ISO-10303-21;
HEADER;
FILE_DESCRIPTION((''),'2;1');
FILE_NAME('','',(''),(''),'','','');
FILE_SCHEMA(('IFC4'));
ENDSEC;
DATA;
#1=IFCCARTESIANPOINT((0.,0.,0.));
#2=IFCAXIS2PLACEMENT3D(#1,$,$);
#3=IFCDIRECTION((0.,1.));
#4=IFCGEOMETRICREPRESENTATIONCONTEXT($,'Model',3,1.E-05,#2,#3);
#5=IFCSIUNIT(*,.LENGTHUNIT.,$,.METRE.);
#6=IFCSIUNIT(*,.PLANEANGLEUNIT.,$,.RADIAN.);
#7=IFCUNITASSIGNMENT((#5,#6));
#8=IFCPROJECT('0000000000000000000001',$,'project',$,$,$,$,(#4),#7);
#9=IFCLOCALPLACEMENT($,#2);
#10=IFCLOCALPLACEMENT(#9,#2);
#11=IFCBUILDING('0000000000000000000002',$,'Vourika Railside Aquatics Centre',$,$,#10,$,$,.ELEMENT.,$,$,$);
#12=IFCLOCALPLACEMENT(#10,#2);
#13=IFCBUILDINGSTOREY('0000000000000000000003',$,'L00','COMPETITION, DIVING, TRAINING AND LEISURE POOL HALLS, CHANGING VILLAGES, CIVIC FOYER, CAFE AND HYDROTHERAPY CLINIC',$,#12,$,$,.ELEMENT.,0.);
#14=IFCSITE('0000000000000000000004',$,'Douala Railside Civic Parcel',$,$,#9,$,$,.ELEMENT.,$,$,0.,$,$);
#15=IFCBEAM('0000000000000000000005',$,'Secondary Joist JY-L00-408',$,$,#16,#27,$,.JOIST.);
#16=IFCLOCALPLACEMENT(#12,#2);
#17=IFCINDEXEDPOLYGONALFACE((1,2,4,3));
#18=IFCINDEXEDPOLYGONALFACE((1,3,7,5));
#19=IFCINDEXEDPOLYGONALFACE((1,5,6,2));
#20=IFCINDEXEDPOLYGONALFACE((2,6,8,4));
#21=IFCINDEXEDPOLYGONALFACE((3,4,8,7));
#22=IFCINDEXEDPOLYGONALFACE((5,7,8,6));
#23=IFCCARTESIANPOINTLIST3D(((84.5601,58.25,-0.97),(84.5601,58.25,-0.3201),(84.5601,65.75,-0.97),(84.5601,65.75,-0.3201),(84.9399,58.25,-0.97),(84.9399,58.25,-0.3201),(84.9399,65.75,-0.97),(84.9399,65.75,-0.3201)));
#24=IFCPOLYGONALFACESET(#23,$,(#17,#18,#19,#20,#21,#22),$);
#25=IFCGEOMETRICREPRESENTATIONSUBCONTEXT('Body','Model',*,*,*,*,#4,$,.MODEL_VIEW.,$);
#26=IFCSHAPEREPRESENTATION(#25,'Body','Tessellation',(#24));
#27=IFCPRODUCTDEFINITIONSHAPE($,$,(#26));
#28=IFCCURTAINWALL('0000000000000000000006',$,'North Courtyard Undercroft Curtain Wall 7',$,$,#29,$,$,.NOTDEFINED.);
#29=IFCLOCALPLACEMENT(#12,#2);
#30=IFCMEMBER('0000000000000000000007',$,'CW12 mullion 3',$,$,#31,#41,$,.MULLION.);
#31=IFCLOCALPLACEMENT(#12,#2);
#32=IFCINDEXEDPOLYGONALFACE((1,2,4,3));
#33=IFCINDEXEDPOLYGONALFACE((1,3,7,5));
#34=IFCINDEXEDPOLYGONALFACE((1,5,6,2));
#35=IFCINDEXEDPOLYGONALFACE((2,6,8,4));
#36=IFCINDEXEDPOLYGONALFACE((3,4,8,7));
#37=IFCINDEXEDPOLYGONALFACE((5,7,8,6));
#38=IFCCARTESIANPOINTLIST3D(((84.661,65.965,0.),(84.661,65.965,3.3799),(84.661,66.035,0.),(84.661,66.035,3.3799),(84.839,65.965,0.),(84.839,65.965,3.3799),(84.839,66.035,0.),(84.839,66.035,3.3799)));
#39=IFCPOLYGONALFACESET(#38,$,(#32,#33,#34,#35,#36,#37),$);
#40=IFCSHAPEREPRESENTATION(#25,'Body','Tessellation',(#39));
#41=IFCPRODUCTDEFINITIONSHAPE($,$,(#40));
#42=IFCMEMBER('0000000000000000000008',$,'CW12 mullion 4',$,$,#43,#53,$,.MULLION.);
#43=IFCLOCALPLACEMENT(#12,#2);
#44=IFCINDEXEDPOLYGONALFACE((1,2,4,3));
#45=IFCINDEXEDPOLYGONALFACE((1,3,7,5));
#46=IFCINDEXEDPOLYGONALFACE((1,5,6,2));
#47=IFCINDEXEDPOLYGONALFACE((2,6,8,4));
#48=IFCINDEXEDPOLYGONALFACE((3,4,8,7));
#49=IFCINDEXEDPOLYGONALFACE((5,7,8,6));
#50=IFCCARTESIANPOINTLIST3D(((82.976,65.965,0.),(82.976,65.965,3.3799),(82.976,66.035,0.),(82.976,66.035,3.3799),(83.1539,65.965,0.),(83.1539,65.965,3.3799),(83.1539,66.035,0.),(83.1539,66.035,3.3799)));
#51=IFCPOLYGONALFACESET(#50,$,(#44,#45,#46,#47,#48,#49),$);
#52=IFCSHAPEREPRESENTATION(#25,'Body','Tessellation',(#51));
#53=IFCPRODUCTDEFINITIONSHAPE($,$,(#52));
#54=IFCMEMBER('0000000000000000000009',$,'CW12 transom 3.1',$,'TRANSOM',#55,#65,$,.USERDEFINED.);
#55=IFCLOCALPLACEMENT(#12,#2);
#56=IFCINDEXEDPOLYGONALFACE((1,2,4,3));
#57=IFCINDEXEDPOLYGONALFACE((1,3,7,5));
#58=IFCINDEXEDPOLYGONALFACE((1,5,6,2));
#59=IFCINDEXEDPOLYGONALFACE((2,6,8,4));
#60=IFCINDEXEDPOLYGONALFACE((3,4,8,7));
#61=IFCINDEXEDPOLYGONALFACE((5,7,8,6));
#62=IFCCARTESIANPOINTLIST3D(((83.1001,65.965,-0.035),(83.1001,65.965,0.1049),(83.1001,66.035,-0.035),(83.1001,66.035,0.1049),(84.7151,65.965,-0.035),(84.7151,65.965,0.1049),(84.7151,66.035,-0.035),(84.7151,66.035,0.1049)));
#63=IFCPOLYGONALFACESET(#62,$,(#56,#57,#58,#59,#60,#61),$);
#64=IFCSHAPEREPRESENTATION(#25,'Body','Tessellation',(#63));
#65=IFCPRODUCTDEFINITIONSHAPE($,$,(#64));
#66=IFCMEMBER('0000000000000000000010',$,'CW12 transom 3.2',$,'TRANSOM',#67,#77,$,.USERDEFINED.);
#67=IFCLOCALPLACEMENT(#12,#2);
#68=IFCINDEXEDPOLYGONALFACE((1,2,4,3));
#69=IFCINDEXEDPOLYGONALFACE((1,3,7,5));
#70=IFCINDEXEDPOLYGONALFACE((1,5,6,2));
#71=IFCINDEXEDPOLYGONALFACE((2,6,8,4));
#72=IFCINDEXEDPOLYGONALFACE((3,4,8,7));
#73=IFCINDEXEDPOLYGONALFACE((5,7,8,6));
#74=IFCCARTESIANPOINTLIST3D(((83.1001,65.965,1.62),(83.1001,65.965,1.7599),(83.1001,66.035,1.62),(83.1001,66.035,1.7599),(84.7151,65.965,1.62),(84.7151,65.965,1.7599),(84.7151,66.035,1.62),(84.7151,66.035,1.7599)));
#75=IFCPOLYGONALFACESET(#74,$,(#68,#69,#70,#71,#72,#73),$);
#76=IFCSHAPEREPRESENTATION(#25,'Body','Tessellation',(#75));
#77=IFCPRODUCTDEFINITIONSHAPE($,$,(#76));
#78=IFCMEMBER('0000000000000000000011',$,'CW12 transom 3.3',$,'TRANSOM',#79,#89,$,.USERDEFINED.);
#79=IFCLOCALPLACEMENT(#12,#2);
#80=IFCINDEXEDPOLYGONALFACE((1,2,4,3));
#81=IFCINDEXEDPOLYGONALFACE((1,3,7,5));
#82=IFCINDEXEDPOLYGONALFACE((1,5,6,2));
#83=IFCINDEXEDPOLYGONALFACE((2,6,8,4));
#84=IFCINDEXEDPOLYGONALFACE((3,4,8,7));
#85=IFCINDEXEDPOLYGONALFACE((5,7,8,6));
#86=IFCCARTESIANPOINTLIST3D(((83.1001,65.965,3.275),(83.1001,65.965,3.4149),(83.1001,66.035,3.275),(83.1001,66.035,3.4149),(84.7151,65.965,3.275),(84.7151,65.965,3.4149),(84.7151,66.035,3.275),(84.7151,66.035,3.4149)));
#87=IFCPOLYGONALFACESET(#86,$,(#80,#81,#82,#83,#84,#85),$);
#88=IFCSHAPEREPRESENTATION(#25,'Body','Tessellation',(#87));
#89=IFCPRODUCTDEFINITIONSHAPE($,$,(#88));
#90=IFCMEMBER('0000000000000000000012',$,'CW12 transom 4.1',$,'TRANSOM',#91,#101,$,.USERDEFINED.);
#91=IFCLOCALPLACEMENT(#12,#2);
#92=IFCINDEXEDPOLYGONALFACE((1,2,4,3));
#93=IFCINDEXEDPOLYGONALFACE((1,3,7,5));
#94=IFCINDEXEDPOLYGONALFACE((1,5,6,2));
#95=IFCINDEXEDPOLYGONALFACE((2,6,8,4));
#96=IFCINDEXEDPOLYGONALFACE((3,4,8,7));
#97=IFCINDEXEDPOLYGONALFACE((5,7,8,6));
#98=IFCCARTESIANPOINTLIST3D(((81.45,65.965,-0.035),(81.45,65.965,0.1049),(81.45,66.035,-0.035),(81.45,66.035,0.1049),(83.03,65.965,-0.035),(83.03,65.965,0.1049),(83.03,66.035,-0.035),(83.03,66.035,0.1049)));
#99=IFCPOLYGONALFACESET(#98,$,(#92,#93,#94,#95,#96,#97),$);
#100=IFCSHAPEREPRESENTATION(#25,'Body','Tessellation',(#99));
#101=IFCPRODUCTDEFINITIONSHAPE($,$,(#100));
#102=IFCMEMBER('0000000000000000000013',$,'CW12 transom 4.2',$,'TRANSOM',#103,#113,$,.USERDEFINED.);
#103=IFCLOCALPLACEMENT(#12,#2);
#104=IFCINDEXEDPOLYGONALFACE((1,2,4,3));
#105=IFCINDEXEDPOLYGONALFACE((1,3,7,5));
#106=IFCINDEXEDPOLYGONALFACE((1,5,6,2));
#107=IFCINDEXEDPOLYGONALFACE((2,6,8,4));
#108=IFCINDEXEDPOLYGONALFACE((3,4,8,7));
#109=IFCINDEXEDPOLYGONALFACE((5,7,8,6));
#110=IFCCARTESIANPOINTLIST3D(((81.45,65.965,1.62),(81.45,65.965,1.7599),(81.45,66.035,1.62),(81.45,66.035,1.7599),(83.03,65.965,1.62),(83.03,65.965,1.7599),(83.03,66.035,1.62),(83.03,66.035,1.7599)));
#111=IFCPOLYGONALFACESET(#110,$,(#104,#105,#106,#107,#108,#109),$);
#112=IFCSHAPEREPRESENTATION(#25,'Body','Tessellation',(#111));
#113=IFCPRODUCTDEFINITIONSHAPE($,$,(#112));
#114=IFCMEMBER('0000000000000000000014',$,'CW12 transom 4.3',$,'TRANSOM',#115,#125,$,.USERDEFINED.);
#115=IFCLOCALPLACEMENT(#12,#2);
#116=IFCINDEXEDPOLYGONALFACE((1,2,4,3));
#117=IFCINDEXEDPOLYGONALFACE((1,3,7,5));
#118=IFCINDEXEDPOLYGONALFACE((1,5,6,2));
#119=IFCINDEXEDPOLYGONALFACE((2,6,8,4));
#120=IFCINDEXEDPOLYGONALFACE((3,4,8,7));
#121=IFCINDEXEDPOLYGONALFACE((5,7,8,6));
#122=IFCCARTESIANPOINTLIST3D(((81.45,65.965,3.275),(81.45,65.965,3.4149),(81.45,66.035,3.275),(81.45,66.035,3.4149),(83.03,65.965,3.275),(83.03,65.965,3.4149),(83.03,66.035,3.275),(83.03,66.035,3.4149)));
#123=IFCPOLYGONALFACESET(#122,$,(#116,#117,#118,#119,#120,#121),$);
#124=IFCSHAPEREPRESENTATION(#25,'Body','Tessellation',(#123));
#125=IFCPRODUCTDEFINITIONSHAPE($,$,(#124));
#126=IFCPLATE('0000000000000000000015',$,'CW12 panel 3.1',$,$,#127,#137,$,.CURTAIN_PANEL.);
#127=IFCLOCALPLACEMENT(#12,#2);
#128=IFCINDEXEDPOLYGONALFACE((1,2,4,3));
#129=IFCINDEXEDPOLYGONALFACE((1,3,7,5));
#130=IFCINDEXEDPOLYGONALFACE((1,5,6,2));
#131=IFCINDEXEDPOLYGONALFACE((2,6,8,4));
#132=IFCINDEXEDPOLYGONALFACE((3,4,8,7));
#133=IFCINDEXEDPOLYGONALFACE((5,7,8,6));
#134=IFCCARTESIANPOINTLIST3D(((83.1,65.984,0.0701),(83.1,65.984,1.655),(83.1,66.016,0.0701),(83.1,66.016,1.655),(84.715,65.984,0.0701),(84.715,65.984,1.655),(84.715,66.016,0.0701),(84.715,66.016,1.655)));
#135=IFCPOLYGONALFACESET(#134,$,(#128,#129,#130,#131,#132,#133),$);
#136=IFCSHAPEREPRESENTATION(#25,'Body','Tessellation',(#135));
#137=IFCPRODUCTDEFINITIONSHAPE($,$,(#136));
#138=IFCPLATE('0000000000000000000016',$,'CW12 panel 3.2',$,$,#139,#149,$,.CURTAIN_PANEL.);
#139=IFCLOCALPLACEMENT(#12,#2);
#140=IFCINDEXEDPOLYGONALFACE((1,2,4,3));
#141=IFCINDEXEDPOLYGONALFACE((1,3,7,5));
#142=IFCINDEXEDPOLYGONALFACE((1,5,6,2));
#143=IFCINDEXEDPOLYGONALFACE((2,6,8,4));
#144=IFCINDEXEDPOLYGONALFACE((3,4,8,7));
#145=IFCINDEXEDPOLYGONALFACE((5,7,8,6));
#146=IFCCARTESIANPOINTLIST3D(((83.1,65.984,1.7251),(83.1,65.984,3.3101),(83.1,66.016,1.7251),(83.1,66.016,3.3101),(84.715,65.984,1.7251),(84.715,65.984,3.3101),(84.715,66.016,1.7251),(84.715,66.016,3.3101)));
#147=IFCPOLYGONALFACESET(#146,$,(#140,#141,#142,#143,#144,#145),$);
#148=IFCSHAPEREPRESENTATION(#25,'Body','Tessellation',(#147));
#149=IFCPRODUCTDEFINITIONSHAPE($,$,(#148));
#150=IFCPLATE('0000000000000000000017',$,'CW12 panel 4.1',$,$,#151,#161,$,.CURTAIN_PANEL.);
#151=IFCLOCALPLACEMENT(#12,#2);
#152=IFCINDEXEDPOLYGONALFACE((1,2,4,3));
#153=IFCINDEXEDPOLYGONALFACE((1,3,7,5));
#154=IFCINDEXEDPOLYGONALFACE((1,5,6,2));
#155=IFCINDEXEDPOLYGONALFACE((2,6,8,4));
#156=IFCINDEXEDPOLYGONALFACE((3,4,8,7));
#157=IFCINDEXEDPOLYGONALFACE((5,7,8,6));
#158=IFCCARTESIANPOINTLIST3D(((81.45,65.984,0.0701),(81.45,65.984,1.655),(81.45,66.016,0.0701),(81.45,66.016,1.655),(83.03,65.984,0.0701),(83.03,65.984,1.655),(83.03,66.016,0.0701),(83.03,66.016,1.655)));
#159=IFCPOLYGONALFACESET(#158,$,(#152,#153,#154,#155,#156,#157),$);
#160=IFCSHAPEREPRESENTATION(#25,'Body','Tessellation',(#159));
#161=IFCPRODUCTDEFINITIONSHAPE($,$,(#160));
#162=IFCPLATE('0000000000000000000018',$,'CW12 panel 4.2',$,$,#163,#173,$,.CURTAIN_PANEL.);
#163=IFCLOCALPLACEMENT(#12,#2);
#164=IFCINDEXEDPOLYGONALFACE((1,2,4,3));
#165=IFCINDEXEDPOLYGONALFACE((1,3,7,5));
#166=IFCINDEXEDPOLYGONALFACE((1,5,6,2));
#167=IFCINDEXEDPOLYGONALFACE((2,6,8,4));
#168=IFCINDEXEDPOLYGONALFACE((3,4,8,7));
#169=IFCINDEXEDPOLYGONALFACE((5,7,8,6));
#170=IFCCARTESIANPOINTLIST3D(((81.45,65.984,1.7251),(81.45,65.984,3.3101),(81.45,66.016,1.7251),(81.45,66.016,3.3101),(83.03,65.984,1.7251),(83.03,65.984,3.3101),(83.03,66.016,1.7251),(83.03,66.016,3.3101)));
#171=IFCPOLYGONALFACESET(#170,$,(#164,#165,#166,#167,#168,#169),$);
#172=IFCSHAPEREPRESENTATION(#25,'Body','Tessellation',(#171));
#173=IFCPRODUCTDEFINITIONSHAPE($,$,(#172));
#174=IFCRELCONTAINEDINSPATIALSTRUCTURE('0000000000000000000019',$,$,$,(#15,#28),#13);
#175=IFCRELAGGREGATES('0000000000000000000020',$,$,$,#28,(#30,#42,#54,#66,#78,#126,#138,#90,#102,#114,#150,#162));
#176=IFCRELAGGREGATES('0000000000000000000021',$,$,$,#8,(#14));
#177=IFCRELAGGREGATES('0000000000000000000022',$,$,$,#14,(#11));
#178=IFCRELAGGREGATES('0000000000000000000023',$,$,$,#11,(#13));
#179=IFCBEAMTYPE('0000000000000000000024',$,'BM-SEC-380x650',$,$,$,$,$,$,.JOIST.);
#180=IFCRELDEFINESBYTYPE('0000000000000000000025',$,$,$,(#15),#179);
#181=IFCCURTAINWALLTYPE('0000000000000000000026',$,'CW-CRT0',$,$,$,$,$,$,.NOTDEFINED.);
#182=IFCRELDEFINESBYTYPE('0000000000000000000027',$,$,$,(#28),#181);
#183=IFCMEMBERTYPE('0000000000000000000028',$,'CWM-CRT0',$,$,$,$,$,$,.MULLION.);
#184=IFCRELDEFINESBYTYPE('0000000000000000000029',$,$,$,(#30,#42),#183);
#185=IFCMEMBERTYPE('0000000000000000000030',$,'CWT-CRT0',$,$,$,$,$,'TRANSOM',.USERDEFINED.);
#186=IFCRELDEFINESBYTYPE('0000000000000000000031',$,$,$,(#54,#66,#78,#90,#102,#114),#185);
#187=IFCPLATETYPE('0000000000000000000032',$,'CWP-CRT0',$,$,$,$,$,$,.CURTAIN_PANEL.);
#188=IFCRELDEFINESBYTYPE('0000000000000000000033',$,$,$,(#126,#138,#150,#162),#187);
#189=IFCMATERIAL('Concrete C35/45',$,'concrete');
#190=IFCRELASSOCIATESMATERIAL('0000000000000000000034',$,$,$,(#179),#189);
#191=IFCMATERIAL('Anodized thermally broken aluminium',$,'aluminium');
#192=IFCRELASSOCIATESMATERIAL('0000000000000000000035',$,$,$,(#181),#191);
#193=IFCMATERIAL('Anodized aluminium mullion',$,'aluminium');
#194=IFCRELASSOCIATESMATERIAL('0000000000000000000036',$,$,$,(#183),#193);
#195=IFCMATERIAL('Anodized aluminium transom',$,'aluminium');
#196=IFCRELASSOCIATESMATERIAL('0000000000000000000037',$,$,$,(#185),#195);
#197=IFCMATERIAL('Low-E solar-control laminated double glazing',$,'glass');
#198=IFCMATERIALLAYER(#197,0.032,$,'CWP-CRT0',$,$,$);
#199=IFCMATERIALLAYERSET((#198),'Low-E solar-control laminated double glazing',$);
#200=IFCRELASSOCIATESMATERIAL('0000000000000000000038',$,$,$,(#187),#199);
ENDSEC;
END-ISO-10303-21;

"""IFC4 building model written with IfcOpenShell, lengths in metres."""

from ifc_helpers import new_model, si_unit, direction, frame, origin, origin_2d, place, context, subcontext, project, spatial, rectangle, extrude, material, layer, layer_set, material_profile, profile_set, type_object, element, aggregate, save


model = new_model("IFC4")

# Units and contexts
model_context = context("Model", 3, precision=1e-05, world=origin(), true_north=direction((0.0, 1.0)))
body_context = subcontext(model_context, "Body", "Model", "MODEL_VIEW")
ifc_project = project(units=[si_unit("LENGTHUNIT", "METRE"), si_unit("PLANEANGLEUNIT", "RADIAN")], contexts=[model_context])

# Site, building, storey
site_placement = place(None, origin())
site = spatial("IfcSite", under=ifc_project, at=site_placement, Name="Douala Railside Civic Parcel", CompositionType="ELEMENT", RefElevation=0.0)
building_placement = place(site_placement, origin())
building = spatial("IfcBuilding", under=site, at=building_placement, Name="Vourika Railside Aquatics Centre", CompositionType="ELEMENT")
storey_placement = place(building_placement, origin())
storey = spatial("IfcBuildingStorey", under=building, at=storey_placement, Name="L00", Description="COMPETITION, DIVING, TRAINING AND LEISURE POOL HALLS, CHANGING VILLAGES, CIVIC FOYER, CAFE AND HYDROTHERAPY CLINIC", CompositionType="ELEMENT", Elevation=0.0)

# Beam
ifc_material_1 = material(Name="Concrete C35/45", Category="concrete")
ifc_material_profile_1 = material_profile(ifc_material_1, rectangle(XDim=0.3799, YDim=0.6499, at=origin_2d()), Name="RC 380x650")
ifc_profile_set_1 = profile_set([ifc_material_profile_1], Name="Concrete C35/45")
beam_type = type_object("IfcBeamType", Name="BM-SEC-380x650", PredefinedType="JOIST", material=ifc_profile_set_1)
beam_placement = place(storey_placement, frame((84.75, 58.25, -0.645), z_axis=(0.0, 1.0, 0.0), x_axis=(-1.0, 0.0, 0.0)))
element("IfcBeam", 1, at=beam_placement, inside=storey, type_object=beam_type, Name="Secondary Joist JY-L00-408", PredefinedType="JOIST", context=body_context, shape_type="SweptSolid", body=[
    extrude(rectangle(XDim=0.3799, YDim=0.6499, at=origin_2d()), origin(), (0.0, 0.0, 1.0), 7.5),
])

# Curtain wall, members, plates
ifc_material_2 = material(Name="Anodized thermally broken aluminium", Category="aluminium")
curtain_wall_type = type_object("IfcCurtainWallType", Name="CW-CRT0", PredefinedType="NOTDEFINED", material=ifc_material_2)
curtain_wall_placement = place(storey_placement, origin())
curtain_wall = element("IfcCurtainWall", 2, at=curtain_wall_placement, inside=storey, type_object=curtain_wall_type, Name="North Courtyard Undercroft Curtain Wall 7", PredefinedType="NOTDEFINED")
ifc_material_3 = material(Name="Anodized aluminium mullion", Category="aluminium")
ifc_material_profile_2 = material_profile(ifc_material_3, rectangle(XDim=0.0701, YDim=0.178, at=origin_2d()), Name="ALU-M 70x178")
ifc_profile_set_2 = profile_set([ifc_material_profile_2], Name="Anodized aluminium mullion")
member_type_1 = type_object("IfcMemberType", Name="CWM-CRT0", PredefinedType="MULLION", material=ifc_profile_set_2)
member_1_placement = place(storey_placement, frame((84.75, 66.0, 0.0), z_axis=(0.0, 0.0, 1.0), x_axis=(0.0, -1.0, 0.0)))
member_1 = element("IfcMember", 3, at=member_1_placement, type_object=member_type_1, Name="CW12 mullion 3", PredefinedType="MULLION", context=body_context, shape_type="SweptSolid", body=[
    extrude(rectangle(XDim=0.0701, YDim=0.178, at=origin_2d()), origin(), (0.0, 0.0, 1.0), 3.3799),
])
member_2_placement = place(storey_placement, frame((83.0649, 66.0, 0.0), z_axis=(0.0, 0.0, 1.0), x_axis=(0.0, -1.0, 0.0)))
member_2 = element("IfcMember", 4, at=member_2_placement, type_object=member_type_1, Name="CW12 mullion 4", PredefinedType="MULLION", context=body_context, shape_type="SweptSolid", body=[
    extrude(rectangle(XDim=0.0701, YDim=0.178, at=origin_2d()), origin(), (0.0, 0.0, 1.0), 3.3799),
])
ifc_material_4 = material(Name="Anodized aluminium transom", Category="aluminium")
ifc_material_profile_3 = material_profile(ifc_material_4, rectangle(XDim=0.0701, YDim=0.1399, at=origin_2d()), Name="ALU-T 70x140")
ifc_profile_set_3 = profile_set([ifc_material_profile_3], Name="Anodized aluminium transom")
member_type_2 = type_object("IfcMemberType", Name="CWT-CRT0", ElementType="TRANSOM", PredefinedType="USERDEFINED", material=ifc_profile_set_3)
member_3_placement = place(storey_placement, frame((84.7151, 66.0, 0.0349), z_axis=(-1.0, 0.0, 0.0), x_axis=(0.0, -1.0, 0.0)))
member_3 = element("IfcMember", 5, at=member_3_placement, type_object=member_type_2, Name="CW12 transom 3.1", ObjectType="TRANSOM", PredefinedType="USERDEFINED", context=body_context, shape_type="SweptSolid", body=[
    extrude(rectangle(XDim=0.0701, YDim=0.1399, at=origin_2d()), origin(), (0.0, 0.0, 1.0), 1.615),
])
member_4_placement = place(storey_placement, frame((84.7151, 66.0, 1.6899), z_axis=(-1.0, 0.0, 0.0), x_axis=(0.0, -1.0, 0.0)))
member_4 = element("IfcMember", 6, at=member_4_placement, type_object=member_type_2, Name="CW12 transom 3.2", ObjectType="TRANSOM", PredefinedType="USERDEFINED", context=body_context, shape_type="SweptSolid", body=[
    extrude(rectangle(XDim=0.0701, YDim=0.1399, at=origin_2d()), origin(), (0.0, 0.0, 1.0), 1.615),
])
member_5_placement = place(storey_placement, frame((84.7151, 66.0, 3.345), z_axis=(-1.0, 0.0, 0.0), x_axis=(0.0, -1.0, 0.0)))
member_5 = element("IfcMember", 7, at=member_5_placement, type_object=member_type_2, Name="CW12 transom 3.3", ObjectType="TRANSOM", PredefinedType="USERDEFINED", context=body_context, shape_type="SweptSolid", body=[
    extrude(rectangle(XDim=0.0701, YDim=0.1399, at=origin_2d()), origin(), (0.0, 0.0, 1.0), 1.615),
])
member_6_placement = place(storey_placement, frame((83.03, 66.0, 0.0349), z_axis=(-1.0, 0.0, 0.0), x_axis=(0.0, -1.0, 0.0)))
member_6 = element("IfcMember", 8, at=member_6_placement, type_object=member_type_2, Name="CW12 transom 4.1", ObjectType="TRANSOM", PredefinedType="USERDEFINED", context=body_context, shape_type="SweptSolid", body=[
    extrude(rectangle(XDim=0.0701, YDim=0.1399, at=origin_2d()), origin(), (0.0, 0.0, 1.0), 1.5801),
])
member_7_placement = place(storey_placement, frame((83.03, 66.0, 1.6899), z_axis=(-1.0, 0.0, 0.0), x_axis=(0.0, -1.0, 0.0)))
member_7 = element("IfcMember", 9, at=member_7_placement, type_object=member_type_2, Name="CW12 transom 4.2", ObjectType="TRANSOM", PredefinedType="USERDEFINED", context=body_context, shape_type="SweptSolid", body=[
    extrude(rectangle(XDim=0.0701, YDim=0.1399, at=origin_2d()), origin(), (0.0, 0.0, 1.0), 1.5801),
])
member_8_placement = place(storey_placement, frame((83.03, 66.0, 3.345), z_axis=(-1.0, 0.0, 0.0), x_axis=(0.0, -1.0, 0.0)))
member_8 = element("IfcMember", 10, at=member_8_placement, type_object=member_type_2, Name="CW12 transom 4.3", ObjectType="TRANSOM", PredefinedType="USERDEFINED", context=body_context, shape_type="SweptSolid", body=[
    extrude(rectangle(XDim=0.0701, YDim=0.1399, at=origin_2d()), origin(), (0.0, 0.0, 1.0), 1.5801),
])
ifc_material_5 = material(Name="Low-E solar-control laminated double glazing", Category="glass")
ifc_layer = layer(ifc_material_5, 0.032, Name="CWP-CRT0")
ifc_layer_set = layer_set([ifc_layer], Name="Low-E solar-control laminated double glazing")
plate_type = type_object("IfcPlateType", Name="CWP-CRT0", PredefinedType="CURTAIN_PANEL", material=ifc_layer_set)
plate_1_placement = place(storey_placement, frame((83.9075, 66.0, 0.0701), z_axis=(0.0, 0.0, 1.0), x_axis=(-1.0, 0.0, 0.0)))
plate_1 = element("IfcPlate", 11, at=plate_1_placement, type_object=plate_type, Name="CW12 panel 3.1", PredefinedType="CURTAIN_PANEL", context=body_context, shape_type="SweptSolid", body=[
    extrude(rectangle(XDim=1.615, YDim=0.032, at=origin_2d()), origin(), (0.0, 0.0, 1.0), 1.585),
])
plate_2_placement = place(storey_placement, frame((83.9075, 66.0, 1.7251), z_axis=(0.0, 0.0, 1.0), x_axis=(-1.0, 0.0, 0.0)))
plate_2 = element("IfcPlate", 12, at=plate_2_placement, type_object=plate_type, Name="CW12 panel 3.2", PredefinedType="CURTAIN_PANEL", context=body_context, shape_type="SweptSolid", body=[
    extrude(rectangle(XDim=1.615, YDim=0.032, at=origin_2d()), origin(), (0.0, 0.0, 1.0), 1.585),
])
plate_3_placement = place(storey_placement, frame((82.24, 66.0, 0.0701), z_axis=(0.0, 0.0, 1.0), x_axis=(-1.0, 0.0, 0.0)))
plate_3 = element("IfcPlate", 13, at=plate_3_placement, type_object=plate_type, Name="CW12 panel 4.1", PredefinedType="CURTAIN_PANEL", context=body_context, shape_type="SweptSolid", body=[
    extrude(rectangle(XDim=1.5801, YDim=0.032, at=origin_2d()), origin(), (0.0, 0.0, 1.0), 1.585),
])
plate_4_placement = place(storey_placement, frame((82.24, 66.0, 1.7251), z_axis=(0.0, 0.0, 1.0), x_axis=(-1.0, 0.0, 0.0)))
plate_4 = element("IfcPlate", 14, at=plate_4_placement, type_object=plate_type, Name="CW12 panel 4.2", PredefinedType="CURTAIN_PANEL", context=body_context, shape_type="SweptSolid", body=[
    extrude(rectangle(XDim=1.5801, YDim=0.032, at=origin_2d()), origin(), (0.0, 0.0, 1.0), 1.585),
])
aggregate(curtain_wall, [member_1, member_2, member_3, member_4, member_5, plate_1, plate_2, member_6, member_7, member_8, plate_3, plate_4])

save(model, "model.ifc")
